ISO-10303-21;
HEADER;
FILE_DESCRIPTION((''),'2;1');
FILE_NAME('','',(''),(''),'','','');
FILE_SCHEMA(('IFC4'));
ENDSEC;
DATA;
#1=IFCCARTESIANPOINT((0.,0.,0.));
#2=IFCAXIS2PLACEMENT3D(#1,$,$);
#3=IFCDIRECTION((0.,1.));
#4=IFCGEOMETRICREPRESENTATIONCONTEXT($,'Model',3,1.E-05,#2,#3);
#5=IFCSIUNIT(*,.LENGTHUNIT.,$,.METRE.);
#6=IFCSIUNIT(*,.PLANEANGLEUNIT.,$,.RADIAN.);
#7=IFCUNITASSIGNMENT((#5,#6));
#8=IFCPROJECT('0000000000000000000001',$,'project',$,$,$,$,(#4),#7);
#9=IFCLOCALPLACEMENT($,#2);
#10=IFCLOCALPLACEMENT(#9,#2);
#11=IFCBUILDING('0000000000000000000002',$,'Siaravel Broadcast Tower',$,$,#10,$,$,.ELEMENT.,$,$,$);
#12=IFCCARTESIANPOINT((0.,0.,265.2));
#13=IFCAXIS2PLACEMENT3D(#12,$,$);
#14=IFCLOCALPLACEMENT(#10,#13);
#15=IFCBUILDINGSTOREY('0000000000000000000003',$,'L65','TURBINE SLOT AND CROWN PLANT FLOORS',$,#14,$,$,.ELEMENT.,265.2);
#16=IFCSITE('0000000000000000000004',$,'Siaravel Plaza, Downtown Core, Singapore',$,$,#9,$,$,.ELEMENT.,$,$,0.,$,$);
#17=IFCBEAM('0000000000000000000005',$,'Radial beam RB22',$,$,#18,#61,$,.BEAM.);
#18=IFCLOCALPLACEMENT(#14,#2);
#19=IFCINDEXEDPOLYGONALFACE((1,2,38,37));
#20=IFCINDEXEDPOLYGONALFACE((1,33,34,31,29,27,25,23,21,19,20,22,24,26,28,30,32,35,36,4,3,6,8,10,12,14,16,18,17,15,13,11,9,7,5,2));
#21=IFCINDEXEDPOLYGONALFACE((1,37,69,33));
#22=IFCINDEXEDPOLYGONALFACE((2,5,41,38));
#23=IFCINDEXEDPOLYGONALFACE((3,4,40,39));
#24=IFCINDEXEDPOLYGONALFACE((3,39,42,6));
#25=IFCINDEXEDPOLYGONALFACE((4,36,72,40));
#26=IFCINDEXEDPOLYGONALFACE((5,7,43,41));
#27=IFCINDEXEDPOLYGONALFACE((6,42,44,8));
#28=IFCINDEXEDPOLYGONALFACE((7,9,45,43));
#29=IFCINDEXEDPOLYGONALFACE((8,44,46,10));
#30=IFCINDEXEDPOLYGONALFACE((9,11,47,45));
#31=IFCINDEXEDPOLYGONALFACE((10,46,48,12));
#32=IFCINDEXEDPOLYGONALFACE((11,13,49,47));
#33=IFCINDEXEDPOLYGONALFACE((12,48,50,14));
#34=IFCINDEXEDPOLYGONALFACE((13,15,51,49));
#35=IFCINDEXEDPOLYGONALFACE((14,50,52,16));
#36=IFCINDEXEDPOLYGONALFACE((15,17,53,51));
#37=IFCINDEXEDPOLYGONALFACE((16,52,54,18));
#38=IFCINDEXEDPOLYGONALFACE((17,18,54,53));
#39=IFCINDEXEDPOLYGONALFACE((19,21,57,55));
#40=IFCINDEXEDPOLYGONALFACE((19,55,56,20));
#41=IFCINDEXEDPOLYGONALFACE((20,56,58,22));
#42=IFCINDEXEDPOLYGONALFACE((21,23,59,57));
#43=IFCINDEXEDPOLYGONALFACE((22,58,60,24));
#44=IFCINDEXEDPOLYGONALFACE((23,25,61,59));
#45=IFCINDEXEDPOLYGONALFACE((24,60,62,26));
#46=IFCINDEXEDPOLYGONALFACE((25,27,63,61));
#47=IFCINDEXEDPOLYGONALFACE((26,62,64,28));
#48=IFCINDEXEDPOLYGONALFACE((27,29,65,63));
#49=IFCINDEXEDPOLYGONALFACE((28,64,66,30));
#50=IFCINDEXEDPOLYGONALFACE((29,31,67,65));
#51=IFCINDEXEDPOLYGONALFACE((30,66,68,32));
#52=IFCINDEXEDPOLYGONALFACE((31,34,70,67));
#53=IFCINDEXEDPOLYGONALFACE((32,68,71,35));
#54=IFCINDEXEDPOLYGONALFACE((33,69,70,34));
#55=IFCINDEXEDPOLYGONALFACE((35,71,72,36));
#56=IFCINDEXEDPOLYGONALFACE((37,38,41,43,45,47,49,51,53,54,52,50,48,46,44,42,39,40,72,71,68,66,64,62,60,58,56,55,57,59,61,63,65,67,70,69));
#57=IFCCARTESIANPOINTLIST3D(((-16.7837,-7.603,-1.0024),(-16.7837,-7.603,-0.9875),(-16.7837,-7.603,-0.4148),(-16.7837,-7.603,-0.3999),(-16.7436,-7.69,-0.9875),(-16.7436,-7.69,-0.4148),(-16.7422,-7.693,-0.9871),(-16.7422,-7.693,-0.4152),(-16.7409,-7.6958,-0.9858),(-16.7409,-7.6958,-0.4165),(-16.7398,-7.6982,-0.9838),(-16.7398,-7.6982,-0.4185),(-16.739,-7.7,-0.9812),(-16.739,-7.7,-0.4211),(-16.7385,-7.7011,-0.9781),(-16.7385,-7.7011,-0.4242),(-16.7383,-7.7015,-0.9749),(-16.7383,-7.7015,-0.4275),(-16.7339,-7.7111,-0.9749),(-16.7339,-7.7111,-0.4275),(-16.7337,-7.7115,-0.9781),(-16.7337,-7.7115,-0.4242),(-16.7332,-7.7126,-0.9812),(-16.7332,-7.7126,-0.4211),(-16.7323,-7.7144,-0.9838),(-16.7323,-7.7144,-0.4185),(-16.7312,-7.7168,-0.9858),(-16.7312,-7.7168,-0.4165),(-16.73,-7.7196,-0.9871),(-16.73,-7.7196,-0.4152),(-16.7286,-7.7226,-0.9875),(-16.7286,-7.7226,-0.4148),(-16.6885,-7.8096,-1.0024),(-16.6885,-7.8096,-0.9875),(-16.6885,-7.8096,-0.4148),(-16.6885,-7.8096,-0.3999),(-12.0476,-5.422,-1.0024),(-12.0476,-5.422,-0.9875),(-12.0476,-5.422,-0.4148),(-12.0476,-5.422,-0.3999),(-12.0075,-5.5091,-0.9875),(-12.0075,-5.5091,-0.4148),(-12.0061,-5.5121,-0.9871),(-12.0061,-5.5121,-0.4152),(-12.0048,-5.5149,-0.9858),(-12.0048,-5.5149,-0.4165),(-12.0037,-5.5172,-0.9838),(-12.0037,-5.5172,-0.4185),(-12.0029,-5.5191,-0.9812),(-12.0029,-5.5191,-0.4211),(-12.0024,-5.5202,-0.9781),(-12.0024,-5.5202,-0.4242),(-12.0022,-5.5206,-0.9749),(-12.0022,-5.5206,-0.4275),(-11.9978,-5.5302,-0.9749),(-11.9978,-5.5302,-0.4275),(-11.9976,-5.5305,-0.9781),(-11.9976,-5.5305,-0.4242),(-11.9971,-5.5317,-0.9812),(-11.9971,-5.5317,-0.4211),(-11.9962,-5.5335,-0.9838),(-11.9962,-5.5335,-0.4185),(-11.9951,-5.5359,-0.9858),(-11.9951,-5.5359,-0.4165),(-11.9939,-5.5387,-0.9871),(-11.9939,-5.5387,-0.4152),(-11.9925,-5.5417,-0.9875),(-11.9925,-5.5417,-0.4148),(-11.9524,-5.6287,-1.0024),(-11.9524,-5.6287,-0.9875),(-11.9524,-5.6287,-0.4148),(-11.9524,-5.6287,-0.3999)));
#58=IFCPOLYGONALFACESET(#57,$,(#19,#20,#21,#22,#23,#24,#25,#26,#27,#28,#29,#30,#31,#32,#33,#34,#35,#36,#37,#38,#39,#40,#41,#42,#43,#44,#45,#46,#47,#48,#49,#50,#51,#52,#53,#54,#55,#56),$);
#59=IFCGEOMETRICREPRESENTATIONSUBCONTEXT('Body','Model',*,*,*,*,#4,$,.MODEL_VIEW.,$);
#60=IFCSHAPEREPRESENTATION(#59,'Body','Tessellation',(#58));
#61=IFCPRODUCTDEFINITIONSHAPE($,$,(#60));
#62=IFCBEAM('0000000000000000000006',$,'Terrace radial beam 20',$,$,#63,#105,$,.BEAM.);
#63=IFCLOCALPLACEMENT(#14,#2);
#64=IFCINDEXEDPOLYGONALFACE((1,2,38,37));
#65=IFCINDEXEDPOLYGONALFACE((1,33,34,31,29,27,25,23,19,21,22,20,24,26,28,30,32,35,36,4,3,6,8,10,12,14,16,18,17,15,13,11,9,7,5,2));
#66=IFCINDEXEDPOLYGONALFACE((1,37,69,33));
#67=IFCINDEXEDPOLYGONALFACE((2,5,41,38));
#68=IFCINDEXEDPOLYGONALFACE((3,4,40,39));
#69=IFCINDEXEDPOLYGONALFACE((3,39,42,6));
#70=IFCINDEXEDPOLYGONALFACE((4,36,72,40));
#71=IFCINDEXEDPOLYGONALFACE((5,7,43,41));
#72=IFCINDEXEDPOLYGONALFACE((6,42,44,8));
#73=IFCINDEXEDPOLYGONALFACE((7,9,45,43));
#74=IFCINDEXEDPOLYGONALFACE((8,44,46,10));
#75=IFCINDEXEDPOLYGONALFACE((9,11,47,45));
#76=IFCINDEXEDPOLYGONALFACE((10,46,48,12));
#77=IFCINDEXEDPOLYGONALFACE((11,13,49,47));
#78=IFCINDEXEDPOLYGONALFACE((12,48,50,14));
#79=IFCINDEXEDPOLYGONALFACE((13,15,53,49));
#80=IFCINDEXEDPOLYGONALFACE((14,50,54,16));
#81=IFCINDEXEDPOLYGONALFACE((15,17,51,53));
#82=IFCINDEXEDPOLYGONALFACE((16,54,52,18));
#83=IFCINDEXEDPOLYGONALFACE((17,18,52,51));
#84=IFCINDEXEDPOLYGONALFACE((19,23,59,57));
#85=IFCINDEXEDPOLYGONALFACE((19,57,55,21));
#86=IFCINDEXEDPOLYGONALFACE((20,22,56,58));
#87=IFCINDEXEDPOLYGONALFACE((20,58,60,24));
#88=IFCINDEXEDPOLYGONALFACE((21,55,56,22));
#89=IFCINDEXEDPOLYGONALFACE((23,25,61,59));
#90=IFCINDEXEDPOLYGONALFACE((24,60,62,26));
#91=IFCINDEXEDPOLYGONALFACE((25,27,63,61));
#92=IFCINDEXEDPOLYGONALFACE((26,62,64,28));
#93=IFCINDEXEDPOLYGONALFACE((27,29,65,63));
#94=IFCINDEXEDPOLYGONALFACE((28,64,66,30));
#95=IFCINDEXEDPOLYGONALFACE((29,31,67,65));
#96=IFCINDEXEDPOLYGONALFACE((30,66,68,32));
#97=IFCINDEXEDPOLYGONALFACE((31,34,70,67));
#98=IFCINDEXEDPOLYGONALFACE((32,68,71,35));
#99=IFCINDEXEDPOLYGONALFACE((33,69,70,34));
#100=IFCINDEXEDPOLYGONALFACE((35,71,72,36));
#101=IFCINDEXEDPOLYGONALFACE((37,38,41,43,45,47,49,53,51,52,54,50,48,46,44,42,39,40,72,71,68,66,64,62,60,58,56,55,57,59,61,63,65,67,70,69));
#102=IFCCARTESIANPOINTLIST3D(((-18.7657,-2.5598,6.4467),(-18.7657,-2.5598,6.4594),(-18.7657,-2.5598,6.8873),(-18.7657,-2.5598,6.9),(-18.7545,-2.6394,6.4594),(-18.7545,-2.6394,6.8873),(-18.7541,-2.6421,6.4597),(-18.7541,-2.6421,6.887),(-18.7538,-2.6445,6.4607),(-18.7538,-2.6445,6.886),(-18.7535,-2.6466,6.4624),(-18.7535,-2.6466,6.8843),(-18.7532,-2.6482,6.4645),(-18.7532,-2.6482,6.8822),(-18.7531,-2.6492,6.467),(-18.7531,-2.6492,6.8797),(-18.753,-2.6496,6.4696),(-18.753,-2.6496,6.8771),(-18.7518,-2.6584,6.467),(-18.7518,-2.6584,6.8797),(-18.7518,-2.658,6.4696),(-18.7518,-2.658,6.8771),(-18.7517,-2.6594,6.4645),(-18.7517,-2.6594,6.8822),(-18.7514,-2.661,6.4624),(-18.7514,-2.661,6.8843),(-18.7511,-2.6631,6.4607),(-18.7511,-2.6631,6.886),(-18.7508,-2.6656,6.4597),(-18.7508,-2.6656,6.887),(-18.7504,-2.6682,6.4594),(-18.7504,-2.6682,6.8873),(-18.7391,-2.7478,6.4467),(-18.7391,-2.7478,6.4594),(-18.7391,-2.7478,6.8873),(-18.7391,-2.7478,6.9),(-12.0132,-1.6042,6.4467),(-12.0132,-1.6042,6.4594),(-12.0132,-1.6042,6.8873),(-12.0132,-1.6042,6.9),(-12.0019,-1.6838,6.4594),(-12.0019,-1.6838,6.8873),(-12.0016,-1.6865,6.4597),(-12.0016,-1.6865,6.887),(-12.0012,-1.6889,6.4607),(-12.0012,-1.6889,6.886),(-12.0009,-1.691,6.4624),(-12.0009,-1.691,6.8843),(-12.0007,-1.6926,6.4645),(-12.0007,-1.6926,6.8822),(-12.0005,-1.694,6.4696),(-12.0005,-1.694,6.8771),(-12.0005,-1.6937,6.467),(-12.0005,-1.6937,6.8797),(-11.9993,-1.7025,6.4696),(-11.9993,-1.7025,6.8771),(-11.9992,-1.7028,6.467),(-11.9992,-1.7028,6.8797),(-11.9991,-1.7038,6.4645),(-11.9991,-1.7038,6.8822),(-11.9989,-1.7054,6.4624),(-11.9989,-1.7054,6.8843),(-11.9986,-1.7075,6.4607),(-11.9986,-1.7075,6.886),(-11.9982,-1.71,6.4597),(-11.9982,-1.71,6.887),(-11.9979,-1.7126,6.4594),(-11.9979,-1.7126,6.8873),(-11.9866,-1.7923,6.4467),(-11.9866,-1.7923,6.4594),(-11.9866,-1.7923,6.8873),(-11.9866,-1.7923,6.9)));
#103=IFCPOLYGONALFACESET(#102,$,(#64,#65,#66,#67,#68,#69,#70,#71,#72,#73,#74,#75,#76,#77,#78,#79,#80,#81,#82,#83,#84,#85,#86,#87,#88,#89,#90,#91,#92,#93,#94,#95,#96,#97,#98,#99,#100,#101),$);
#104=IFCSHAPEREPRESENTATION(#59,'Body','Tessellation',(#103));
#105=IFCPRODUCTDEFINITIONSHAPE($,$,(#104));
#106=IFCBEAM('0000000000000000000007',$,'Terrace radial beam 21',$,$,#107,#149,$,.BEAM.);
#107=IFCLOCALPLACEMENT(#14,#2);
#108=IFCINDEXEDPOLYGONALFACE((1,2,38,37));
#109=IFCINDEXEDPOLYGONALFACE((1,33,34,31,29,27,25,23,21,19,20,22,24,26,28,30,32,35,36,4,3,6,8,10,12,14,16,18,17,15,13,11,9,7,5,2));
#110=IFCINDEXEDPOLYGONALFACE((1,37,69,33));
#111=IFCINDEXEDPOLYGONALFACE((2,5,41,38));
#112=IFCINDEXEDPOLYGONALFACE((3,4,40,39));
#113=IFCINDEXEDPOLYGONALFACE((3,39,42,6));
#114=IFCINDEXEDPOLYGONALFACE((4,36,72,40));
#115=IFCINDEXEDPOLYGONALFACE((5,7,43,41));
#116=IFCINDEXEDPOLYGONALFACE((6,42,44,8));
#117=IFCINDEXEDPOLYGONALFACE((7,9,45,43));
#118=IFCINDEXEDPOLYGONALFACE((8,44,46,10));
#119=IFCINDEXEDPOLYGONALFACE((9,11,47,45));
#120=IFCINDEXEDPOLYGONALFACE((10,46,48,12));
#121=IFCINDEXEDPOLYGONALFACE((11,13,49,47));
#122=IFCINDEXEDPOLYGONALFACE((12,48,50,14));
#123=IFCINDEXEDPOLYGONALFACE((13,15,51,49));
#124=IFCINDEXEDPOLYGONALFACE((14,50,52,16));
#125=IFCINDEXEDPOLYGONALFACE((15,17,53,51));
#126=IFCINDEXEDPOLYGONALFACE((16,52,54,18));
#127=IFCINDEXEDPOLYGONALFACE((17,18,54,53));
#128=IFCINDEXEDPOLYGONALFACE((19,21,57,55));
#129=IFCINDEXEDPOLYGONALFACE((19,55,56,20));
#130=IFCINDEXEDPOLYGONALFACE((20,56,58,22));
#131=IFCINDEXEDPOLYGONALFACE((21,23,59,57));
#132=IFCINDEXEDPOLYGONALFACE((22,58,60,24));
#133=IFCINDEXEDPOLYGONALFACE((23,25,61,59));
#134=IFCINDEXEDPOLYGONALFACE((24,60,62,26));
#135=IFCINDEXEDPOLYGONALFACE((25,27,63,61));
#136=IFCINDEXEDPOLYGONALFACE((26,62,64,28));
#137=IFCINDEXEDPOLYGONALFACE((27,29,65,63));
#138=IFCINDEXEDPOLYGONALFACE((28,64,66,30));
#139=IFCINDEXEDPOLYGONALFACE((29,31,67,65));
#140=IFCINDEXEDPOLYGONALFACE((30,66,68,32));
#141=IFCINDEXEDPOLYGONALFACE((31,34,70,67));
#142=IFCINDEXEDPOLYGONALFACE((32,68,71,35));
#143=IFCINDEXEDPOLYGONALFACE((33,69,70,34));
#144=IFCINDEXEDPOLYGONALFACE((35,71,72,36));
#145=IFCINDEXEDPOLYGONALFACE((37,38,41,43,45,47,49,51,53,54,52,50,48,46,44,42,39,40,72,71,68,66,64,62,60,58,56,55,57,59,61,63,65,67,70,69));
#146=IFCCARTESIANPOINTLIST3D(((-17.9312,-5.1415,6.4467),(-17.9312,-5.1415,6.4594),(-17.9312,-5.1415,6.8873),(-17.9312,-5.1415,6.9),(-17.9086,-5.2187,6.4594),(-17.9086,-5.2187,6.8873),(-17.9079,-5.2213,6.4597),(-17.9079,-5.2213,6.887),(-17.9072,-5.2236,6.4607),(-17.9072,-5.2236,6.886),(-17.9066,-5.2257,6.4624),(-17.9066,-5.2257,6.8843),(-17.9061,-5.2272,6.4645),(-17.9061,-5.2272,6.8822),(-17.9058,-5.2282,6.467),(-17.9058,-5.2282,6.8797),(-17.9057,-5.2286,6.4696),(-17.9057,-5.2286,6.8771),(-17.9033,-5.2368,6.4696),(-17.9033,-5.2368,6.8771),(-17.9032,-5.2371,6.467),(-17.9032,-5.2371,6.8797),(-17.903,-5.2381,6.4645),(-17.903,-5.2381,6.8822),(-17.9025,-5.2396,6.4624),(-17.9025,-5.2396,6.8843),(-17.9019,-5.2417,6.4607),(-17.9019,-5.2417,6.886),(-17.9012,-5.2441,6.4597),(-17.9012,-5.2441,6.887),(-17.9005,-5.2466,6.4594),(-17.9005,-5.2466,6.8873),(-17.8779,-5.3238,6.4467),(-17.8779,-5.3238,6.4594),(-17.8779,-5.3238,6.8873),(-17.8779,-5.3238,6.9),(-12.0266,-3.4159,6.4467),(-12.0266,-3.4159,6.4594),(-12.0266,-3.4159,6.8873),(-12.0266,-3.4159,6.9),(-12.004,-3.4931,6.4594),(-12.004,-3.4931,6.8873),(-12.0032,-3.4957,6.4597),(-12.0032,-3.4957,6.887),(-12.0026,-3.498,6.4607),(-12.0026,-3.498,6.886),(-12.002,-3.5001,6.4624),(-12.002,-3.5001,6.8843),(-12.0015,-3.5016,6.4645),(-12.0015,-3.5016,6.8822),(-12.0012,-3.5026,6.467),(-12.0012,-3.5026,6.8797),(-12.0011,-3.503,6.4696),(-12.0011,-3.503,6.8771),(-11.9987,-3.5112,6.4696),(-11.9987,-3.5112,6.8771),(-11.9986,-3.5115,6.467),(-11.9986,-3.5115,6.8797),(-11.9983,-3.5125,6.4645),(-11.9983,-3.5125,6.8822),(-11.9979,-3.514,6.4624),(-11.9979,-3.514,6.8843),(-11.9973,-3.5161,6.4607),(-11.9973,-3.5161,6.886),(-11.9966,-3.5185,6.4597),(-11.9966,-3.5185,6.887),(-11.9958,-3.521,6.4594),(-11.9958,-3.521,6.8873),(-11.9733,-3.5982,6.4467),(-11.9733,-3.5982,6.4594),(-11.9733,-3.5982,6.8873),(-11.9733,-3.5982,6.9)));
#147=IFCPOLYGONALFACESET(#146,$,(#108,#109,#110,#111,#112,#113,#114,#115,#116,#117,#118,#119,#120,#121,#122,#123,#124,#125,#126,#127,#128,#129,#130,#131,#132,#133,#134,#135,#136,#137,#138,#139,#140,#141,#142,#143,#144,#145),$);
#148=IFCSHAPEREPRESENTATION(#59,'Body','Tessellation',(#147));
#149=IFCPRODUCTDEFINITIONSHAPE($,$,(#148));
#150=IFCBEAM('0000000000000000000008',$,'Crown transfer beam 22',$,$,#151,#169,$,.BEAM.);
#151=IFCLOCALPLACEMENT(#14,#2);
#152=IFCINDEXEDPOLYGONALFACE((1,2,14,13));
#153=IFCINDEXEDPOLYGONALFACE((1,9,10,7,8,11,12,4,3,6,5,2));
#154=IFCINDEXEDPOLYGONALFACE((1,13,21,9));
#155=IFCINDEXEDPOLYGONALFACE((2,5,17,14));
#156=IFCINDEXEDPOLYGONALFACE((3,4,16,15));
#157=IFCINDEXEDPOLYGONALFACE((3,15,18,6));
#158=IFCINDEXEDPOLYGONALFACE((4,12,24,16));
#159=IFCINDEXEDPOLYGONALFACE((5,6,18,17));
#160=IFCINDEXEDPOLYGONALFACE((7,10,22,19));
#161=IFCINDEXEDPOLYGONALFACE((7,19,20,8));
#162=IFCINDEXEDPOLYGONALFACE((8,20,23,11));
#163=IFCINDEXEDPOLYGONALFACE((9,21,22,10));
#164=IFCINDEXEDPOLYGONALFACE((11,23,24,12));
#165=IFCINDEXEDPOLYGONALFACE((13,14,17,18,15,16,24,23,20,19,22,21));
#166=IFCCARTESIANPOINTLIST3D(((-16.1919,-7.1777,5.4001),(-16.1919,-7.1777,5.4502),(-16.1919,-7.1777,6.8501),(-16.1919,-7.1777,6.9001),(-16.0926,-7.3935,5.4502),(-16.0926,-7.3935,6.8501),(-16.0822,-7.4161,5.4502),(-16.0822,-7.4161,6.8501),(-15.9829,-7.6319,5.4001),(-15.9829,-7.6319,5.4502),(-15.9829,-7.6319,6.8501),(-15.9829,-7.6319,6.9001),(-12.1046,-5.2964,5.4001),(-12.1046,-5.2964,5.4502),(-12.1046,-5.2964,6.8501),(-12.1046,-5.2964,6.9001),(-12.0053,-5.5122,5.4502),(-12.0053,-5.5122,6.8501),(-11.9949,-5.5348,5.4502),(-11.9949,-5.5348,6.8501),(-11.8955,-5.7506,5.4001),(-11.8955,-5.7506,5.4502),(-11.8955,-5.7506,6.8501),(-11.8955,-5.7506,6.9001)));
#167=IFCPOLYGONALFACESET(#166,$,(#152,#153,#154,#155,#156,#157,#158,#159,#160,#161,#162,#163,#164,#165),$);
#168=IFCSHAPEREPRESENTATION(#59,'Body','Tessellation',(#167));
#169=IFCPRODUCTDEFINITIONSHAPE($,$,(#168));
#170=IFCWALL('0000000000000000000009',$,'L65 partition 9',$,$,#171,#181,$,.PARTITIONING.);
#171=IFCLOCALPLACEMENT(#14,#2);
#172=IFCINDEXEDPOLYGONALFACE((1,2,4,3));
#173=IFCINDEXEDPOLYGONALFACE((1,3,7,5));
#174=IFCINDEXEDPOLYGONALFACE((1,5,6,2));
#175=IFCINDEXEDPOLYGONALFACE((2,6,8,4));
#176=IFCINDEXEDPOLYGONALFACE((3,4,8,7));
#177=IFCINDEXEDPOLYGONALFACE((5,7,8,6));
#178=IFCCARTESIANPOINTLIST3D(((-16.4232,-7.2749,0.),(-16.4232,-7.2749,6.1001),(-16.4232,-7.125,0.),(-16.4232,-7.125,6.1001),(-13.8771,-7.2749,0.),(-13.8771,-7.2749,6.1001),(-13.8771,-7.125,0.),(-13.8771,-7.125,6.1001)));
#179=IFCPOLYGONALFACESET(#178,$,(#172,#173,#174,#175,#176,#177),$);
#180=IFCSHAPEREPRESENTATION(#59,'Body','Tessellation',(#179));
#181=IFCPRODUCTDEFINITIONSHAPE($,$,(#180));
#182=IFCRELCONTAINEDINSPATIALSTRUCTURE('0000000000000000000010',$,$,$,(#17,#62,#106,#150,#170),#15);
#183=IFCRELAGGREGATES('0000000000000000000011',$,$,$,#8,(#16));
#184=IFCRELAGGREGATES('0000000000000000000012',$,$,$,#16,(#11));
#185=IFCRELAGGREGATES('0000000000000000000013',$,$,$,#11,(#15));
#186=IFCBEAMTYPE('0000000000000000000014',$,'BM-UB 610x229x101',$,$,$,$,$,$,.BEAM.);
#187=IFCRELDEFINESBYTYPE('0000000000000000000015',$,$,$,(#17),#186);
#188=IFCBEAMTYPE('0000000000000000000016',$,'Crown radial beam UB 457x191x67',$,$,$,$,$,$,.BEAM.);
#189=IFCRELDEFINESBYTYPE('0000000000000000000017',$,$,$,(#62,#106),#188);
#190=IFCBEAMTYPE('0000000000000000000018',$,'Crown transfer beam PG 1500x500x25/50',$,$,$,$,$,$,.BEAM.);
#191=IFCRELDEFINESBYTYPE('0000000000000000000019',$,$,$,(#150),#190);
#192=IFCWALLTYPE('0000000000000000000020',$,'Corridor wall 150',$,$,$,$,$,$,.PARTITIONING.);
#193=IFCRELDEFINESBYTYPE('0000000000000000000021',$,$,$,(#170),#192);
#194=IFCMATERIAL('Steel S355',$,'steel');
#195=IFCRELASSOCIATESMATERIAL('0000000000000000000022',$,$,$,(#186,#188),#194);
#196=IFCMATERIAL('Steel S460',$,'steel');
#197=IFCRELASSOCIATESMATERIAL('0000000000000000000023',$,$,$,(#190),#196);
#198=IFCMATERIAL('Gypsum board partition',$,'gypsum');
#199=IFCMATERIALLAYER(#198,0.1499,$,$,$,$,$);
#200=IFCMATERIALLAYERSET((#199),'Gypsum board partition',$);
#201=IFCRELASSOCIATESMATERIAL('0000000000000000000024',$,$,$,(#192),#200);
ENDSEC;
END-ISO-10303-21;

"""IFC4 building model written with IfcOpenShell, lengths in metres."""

from ifc_helpers import new_model, si_unit, direction, frame, frame_2d, origin, origin_2d, place, context, subcontext, project, spatial, rectangle, i_section, extrude, material, layer, layer_set, material_profile, profile_set, type_object, element, save


model = new_model("IFC4")

# Units and contexts
model_context = context("Model", 3, precision=1e-05, world=origin(), true_north=direction((0.0, 1.0)))
body_context = subcontext(model_context, "Body", "Model", "MODEL_VIEW")
ifc_project = project(units=[si_unit("LENGTHUNIT", "METRE"), si_unit("PLANEANGLEUNIT", "RADIAN")], contexts=[model_context])

# Site, building, storey
site_placement = place(None, origin())
site = spatial("IfcSite", under=ifc_project, at=site_placement, Name="Siaravel Plaza, Downtown Core, Singapore", CompositionType="ELEMENT", RefElevation=0.0)
building_placement = place(site_placement, origin())
building = spatial("IfcBuilding", under=site, at=building_placement, Name="Siaravel Broadcast Tower", CompositionType="ELEMENT")
storey_placement = place(building_placement, frame((0.0, 0.0, 265.2)))
storey = spatial("IfcBuildingStorey", under=building, at=storey_placement, Name="L65", Description="TURBINE SLOT AND CROWN PLANT FLOORS", CompositionType="ELEMENT", Elevation=265.2)

# Beams
ifc_material_1 = material(Name="Steel S355", Category="steel")
ifc_material_profile_1 = material_profile(ifc_material_1, i_section(OverallWidth=0.2275, OverallDepth=0.6025, WebThickness=0.0105, FlangeThickness=0.0149, FilletRadius=0.0127, at=origin_2d()))
ifc_profile_set_1 = profile_set([ifc_material_profile_1], Name="Steel S355")
beam_type_1 = type_object("IfcBeamType", Name="BM-UB 610x229x101", PredefinedType="BEAM", material=ifc_profile_set_1)
beam_1_placement = place(storey_placement, frame((-16.7361, -7.7063, -0.7012), z_axis=(0.908322, 0.418271, 0.0), x_axis=(-0.418271, 0.908322, 0.0)))
element("IfcBeam", 1, at=beam_1_placement, inside=storey, type_object=beam_type_1, Name="Radial beam RB22", PredefinedType="BEAM", context=body_context, shape_type="SweptSolid", body=[
    extrude(i_section(OverallWidth=0.2275, OverallDepth=0.6025, WebThickness=0.0105, FlangeThickness=0.0149, FilletRadius=0.0127, at=origin_2d()), origin(), (0.0, 0.0, 1.0), 5.2141),
])
ifc_material_profile_2 = material_profile(ifc_material_1, i_section(OverallWidth=0.1899, OverallDepth=0.4534, WebThickness=0.0085, FlangeThickness=0.0127, FilletRadius=0.0103, at=origin_2d()))
ifc_profile_set_2 = profile_set([ifc_material_profile_2], Name="Steel S355")
beam_type_2 = type_object("IfcBeamType", Name="Crown radial beam UB 457x191x67", PredefinedType="BEAM", material=ifc_profile_set_2)
beam_2_placement = place(storey_placement, frame((-18.7524, -2.6538, 6.6733), z_axis=(0.990135, 0.140118, 0.0), x_axis=(-0.140118, 0.990135, 0.0)))
element("IfcBeam", 2, at=beam_2_placement, inside=storey, type_object=beam_type_2, Name="Terrace radial beam 20", PredefinedType="BEAM", context=body_context, shape_type="SweptSolid", body=[
    extrude(i_section(OverallWidth=0.1899, OverallDepth=0.4534, WebThickness=0.0085, FlangeThickness=0.0127, FilletRadius=0.0103, at=origin_2d()), origin(), (0.0, 0.0, 1.0), 6.8198),
])
beam_3_placement = place(storey_placement, frame((-17.9045, -5.2327, 6.6733), z_axis=(0.95985, 0.280514, 0.0), x_axis=(-0.280514, 0.95985, 0.0)))
element("IfcBeam", 3, at=beam_3_placement, inside=storey, type_object=beam_type_2, Name="Terrace radial beam 21", PredefinedType="BEAM", context=body_context, shape_type="SweptSolid", body=[
    extrude(i_section(OverallWidth=0.1899, OverallDepth=0.4534, WebThickness=0.0085, FlangeThickness=0.0127, FilletRadius=0.0103, at=origin_2d()), origin(), (0.0, 0.0, 1.0), 6.1516),
])
ifc_material_2 = material(Name="Steel S460", Category="steel")
ifc_material_profile_3 = material_profile(ifc_material_2, i_section(OverallWidth=0.5, OverallDepth=1.5, WebThickness=0.0249, FlangeThickness=0.05, at=origin_2d()))
ifc_profile_set_3 = profile_set([ifc_material_profile_3], Name="Steel S460")
beam_type_3 = type_object("IfcBeamType", Name="Crown transfer beam PG 1500x500x25/50", PredefinedType="BEAM", material=ifc_profile_set_3)
beam_4_placement = place(storey_placement, frame((-16.0874, -7.4048, 6.1501), z_axis=(0.908394, 0.418115, 0.0), x_axis=(-0.418115, 0.908394, 0.0)))
element("IfcBeam", 4, at=beam_4_placement, inside=storey, type_object=beam_type_3, Name="Crown transfer beam 22", PredefinedType="BEAM", context=body_context, shape_type="SweptSolid", body=[
    extrude(i_section(OverallWidth=0.5, OverallDepth=1.5, WebThickness=0.0249, FlangeThickness=0.05, at=origin_2d()), origin(), (0.0, 0.0, 1.0), 4.4995),
])

# Wall
ifc_material_3 = material(Name="Gypsum board partition", Category="gypsum")
ifc_layer = layer(ifc_material_3, 0.1499)
ifc_layer_set = layer_set([ifc_layer], Name="Gypsum board partition")
wall_type = type_object("IfcWallType", Name="Corridor wall 150", PredefinedType="PARTITIONING", material=ifc_layer_set)
wall_placement = place(storey_placement, frame((-16.4231, -7.2, 0.0), z_axis=(0.0, 0.0, 1.0), x_axis=(1.0, 0.0, 0.0)))
element("IfcWall", 5, at=wall_placement, inside=storey, type_object=wall_type, Name="L65 partition 9", PredefinedType="PARTITIONING", context=body_context, shape_type="SweptSolid", body=[
    extrude(rectangle(XDim=2.5461, YDim=0.1499, at=frame_2d((1.2729, 0.0))), origin(), (0.0, 0.0, 1.0), 6.1001),
])

save(model, "model.ifc")
